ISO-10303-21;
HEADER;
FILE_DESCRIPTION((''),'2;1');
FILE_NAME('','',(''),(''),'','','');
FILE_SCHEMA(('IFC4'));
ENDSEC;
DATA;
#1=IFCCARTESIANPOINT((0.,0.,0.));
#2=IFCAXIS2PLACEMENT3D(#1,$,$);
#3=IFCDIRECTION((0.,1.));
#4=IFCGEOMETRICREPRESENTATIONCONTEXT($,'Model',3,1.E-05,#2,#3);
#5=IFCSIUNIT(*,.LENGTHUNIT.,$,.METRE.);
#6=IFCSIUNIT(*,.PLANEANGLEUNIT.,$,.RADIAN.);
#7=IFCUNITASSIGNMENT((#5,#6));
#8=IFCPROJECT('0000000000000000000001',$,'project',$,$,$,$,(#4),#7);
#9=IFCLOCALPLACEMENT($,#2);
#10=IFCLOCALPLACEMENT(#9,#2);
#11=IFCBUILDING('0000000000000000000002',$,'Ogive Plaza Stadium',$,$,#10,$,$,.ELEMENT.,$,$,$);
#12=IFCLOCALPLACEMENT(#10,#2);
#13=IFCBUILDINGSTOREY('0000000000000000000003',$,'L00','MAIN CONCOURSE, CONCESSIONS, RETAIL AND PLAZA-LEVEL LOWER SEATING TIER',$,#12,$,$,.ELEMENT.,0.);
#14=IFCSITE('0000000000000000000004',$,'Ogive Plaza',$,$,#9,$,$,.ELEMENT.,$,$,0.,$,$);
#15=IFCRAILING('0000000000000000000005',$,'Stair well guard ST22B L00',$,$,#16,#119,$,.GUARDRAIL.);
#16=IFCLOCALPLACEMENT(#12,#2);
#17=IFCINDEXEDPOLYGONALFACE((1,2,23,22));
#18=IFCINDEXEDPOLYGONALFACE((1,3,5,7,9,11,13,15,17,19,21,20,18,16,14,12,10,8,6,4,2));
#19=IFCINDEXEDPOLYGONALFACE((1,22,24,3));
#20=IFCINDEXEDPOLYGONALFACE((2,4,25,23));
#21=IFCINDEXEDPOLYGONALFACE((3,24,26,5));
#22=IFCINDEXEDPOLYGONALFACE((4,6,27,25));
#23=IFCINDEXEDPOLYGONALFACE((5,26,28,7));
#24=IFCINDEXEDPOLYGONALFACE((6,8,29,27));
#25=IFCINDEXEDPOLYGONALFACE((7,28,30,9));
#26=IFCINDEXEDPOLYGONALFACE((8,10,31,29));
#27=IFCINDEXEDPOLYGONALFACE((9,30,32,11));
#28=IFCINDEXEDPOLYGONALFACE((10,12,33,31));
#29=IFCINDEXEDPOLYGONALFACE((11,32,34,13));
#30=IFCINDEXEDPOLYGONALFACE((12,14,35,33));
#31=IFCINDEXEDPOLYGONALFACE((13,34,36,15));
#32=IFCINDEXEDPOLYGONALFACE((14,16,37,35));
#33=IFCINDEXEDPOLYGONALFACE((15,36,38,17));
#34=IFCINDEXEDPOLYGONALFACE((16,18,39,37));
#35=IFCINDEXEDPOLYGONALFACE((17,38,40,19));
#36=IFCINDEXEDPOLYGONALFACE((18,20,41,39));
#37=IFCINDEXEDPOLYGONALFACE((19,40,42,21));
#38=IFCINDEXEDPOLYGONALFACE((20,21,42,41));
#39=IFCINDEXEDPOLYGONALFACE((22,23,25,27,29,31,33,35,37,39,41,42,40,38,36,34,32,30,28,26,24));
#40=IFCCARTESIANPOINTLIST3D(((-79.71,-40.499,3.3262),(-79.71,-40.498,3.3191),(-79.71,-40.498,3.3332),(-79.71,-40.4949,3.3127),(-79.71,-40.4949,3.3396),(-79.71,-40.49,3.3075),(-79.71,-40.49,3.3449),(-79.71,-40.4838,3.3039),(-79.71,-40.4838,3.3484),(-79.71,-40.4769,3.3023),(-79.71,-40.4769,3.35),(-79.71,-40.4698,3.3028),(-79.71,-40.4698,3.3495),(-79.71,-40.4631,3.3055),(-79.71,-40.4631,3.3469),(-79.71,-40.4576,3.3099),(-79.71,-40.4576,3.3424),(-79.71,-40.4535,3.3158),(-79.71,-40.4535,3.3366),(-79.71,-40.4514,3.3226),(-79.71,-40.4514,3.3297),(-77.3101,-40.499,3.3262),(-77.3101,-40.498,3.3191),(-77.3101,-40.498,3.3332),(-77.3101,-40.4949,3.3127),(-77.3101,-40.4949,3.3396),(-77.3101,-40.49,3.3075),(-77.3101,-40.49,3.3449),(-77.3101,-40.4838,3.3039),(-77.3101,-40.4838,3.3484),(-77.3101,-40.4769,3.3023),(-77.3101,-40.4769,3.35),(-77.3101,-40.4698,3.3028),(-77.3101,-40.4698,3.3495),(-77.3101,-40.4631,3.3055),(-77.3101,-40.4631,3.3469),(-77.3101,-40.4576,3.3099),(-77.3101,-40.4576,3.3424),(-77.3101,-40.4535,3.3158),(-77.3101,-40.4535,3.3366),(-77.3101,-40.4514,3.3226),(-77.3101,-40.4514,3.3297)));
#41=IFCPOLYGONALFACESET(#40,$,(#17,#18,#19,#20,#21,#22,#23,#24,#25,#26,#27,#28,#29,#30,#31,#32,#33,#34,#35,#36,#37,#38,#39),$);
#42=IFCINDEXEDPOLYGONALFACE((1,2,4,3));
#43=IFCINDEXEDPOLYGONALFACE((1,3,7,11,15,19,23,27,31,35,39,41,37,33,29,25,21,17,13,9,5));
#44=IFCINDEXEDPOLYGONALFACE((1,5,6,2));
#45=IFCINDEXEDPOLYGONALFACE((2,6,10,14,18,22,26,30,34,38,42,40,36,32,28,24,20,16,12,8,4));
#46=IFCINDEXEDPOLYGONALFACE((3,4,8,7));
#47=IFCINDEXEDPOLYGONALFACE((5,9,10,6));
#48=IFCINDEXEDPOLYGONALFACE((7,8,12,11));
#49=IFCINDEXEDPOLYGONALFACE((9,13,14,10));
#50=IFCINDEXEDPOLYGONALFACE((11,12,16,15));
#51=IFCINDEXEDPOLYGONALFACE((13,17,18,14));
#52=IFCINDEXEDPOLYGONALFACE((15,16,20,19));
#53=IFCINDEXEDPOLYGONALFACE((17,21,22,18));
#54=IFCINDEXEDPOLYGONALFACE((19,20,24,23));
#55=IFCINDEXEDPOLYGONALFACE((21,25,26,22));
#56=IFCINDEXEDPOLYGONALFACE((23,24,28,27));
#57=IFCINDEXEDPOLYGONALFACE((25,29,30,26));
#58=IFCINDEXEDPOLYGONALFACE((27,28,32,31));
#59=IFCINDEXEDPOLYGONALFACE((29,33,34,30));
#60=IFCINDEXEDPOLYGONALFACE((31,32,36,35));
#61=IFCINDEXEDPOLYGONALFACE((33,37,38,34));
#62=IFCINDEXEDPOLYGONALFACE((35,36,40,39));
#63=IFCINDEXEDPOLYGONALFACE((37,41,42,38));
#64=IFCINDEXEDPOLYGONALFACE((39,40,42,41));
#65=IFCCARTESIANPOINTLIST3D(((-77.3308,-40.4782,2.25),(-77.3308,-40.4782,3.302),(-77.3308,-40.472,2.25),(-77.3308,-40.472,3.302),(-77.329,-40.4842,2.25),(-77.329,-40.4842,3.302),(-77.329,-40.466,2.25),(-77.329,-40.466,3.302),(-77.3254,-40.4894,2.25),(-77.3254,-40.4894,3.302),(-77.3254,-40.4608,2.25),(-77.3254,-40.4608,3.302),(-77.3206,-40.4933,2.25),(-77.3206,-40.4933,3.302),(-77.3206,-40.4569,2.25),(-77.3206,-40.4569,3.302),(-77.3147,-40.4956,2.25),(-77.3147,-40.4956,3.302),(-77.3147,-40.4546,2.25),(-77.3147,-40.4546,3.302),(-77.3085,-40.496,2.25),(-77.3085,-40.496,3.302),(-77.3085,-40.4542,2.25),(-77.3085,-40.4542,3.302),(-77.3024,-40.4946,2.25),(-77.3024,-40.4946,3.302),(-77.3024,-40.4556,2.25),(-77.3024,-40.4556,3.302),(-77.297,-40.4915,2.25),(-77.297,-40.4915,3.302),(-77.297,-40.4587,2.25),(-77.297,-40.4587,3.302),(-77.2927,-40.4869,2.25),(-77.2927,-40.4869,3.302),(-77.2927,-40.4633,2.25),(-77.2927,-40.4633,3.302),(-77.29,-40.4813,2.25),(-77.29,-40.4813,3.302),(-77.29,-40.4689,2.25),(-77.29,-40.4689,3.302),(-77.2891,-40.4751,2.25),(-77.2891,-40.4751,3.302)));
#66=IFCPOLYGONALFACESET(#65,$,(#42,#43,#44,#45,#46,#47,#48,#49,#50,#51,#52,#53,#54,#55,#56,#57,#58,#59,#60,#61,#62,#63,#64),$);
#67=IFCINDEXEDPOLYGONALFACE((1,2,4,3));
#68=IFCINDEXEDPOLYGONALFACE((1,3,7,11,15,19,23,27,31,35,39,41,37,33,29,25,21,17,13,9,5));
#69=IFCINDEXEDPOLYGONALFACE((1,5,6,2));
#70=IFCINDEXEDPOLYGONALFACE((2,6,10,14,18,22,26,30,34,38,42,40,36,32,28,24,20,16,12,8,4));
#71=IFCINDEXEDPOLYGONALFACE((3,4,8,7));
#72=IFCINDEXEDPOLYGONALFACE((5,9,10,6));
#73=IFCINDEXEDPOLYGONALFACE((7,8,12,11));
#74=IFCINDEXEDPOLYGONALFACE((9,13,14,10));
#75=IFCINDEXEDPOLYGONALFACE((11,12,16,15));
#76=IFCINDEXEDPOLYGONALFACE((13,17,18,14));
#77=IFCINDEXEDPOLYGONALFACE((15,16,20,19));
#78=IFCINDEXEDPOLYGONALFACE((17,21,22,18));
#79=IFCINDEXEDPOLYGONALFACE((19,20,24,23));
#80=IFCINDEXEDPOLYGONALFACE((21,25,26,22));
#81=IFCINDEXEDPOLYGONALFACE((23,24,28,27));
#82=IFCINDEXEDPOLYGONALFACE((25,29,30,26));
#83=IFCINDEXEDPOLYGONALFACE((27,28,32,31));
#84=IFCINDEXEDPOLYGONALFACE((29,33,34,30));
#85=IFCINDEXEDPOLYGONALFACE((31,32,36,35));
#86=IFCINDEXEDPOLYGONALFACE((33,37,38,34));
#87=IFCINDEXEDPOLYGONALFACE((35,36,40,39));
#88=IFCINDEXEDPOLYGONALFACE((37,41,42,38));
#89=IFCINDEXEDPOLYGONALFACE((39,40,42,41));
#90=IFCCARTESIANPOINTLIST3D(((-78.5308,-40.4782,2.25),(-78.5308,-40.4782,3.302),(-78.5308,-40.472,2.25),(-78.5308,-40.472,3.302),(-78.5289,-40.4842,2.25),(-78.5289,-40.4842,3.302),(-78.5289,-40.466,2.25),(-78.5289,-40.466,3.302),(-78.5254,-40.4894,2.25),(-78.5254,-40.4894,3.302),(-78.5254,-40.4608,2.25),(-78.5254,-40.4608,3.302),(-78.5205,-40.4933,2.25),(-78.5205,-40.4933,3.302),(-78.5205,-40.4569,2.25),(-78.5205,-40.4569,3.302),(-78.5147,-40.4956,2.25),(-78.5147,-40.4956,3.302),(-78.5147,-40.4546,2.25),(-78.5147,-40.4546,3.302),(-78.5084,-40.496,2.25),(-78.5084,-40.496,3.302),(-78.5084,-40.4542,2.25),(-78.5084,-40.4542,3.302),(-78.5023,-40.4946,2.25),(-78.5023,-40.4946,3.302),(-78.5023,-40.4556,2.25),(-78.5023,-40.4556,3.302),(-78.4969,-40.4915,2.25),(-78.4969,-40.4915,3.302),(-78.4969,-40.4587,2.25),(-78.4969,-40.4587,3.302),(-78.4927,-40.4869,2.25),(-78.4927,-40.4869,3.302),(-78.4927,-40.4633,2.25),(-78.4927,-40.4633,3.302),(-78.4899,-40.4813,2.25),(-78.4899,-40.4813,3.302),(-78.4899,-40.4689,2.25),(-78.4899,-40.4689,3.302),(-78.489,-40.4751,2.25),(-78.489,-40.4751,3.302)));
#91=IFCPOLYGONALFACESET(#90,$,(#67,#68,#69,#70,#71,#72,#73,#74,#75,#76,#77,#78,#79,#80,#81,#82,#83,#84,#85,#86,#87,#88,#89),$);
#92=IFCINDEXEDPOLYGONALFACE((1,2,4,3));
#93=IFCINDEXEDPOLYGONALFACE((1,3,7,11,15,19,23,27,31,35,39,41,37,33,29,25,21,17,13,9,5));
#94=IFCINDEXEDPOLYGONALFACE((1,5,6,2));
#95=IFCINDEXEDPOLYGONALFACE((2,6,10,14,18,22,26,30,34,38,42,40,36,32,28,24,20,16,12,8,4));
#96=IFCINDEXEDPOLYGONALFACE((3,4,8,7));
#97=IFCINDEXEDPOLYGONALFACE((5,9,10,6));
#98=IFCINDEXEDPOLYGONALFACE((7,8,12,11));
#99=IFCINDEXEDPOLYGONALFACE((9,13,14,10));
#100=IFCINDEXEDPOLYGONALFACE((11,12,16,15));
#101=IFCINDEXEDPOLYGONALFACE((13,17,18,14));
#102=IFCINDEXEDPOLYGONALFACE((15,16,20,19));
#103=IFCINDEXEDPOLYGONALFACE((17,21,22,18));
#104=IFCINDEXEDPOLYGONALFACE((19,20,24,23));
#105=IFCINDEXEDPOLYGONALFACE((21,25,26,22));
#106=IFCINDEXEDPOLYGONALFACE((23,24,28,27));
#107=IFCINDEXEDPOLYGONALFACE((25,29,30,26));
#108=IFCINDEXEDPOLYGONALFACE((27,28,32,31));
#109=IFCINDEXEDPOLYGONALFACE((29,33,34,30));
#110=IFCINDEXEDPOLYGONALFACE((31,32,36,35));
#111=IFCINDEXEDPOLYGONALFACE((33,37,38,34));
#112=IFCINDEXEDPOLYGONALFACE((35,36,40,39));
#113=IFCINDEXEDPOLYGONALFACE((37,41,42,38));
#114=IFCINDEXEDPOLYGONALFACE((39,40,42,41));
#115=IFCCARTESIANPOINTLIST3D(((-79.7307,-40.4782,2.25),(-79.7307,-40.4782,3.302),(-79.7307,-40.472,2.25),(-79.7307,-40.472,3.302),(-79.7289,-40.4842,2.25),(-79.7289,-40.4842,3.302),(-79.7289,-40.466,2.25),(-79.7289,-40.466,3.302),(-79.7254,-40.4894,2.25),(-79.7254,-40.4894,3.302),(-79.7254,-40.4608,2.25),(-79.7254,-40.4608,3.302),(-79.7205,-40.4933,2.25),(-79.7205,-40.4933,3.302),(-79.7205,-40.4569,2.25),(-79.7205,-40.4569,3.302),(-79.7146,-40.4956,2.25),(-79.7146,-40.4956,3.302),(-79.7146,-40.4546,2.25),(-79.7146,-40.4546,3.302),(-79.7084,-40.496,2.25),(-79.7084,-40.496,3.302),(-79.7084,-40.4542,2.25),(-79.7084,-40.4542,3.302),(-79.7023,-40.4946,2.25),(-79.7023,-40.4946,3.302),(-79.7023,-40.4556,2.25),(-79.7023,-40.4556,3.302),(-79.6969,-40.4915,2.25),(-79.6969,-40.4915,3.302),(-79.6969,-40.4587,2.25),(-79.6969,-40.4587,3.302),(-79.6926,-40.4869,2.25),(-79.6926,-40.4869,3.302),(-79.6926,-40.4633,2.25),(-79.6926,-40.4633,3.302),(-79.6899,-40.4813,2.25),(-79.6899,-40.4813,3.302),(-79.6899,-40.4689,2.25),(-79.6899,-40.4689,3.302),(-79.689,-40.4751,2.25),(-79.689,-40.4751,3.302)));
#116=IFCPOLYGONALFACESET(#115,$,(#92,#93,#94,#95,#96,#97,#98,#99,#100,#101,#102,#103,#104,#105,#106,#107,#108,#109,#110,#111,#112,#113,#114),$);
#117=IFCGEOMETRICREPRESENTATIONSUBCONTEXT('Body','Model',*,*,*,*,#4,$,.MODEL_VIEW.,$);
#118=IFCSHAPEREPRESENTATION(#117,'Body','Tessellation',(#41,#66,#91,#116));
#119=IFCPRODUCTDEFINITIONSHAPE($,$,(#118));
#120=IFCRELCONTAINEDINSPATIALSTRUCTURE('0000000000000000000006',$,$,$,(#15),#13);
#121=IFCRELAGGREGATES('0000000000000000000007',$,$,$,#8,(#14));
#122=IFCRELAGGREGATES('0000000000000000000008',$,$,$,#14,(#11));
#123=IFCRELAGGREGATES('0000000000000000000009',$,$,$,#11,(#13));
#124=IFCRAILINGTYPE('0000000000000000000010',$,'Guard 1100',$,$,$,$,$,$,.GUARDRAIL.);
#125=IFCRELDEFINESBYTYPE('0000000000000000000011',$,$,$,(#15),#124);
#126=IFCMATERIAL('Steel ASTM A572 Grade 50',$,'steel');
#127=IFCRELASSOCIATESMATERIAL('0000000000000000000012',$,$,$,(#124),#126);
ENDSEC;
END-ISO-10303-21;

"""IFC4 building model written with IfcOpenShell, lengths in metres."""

from ifc_helpers import new_model, si_unit, direction, frame, origin, origin_2d, place, context, subcontext, project, spatial, circle, extrude, material, type_object, element, save


model = new_model("IFC4")

# Units and contexts
model_context = context("Model", 3, precision=1e-05, world=origin(), true_north=direction((0.0, 1.0)))
body_context = subcontext(model_context, "Body", "Model", "MODEL_VIEW")
ifc_project = project(units=[si_unit("LENGTHUNIT", "METRE"), si_unit("PLANEANGLEUNIT", "RADIAN")], contexts=[model_context])

# Site, building, storey
site_placement = place(None, origin())
site = spatial("IfcSite", under=ifc_project, at=site_placement, Name="Ogive Plaza", CompositionType="ELEMENT", RefElevation=0.0)
building_placement = place(site_placement, origin())
building = spatial("IfcBuilding", under=site, at=building_placement, Name="Ogive Plaza Stadium", CompositionType="ELEMENT")
storey_placement = place(building_placement, origin())
storey = spatial("IfcBuildingStorey", under=building, at=storey_placement, Name="L00", Description="MAIN CONCOURSE, CONCESSIONS, RETAIL AND PLAZA-LEVEL LOWER SEATING TIER", CompositionType="ELEMENT", Elevation=0.0)

# Railing
ifc_material_1 = material(Name="Steel ASTM A572 Grade 50", Category="steel")
railing_type_1 = type_object("IfcRailingType", Name="Guard 1100", PredefinedType="GUARDRAIL", material=ifc_material_1)
for number, where, name in (
    (1, (-77.3101, -40.4751, 2.25), "Stair well guard ST22B L00"),
):
    element("IfcRailing", number, at=place(storey_placement, frame(where)), inside=storey, type_object=railing_type_1, Name=name, PredefinedType="GUARDRAIL", context=body_context, shape_type="SweptSolid", body=[
        extrude(circle(Radius=0.0239, at=origin_2d()), frame((0.0, 0.0, 1.0762), z_axis=(-1.0, 0.0, 0.0), x_axis=(0.0, -1.0, 0.0)), (0.0, 0.0, 1.0), 2.3999),
        extrude(circle(Radius=0.021, at=origin_2d()), origin(), (0.0, 0.0, 1.0), 1.052),
        extrude(circle(Radius=0.021, at=origin_2d()), frame((-1.2, 0.0, 0.0)), (0.0, 0.0, 1.0), 1.052),
        extrude(circle(Radius=0.021, at=origin_2d()), frame((-2.3999, 0.0, 0.0)), (0.0, 0.0, 1.0), 1.052),
    ])

save(model, "model.ifc")
